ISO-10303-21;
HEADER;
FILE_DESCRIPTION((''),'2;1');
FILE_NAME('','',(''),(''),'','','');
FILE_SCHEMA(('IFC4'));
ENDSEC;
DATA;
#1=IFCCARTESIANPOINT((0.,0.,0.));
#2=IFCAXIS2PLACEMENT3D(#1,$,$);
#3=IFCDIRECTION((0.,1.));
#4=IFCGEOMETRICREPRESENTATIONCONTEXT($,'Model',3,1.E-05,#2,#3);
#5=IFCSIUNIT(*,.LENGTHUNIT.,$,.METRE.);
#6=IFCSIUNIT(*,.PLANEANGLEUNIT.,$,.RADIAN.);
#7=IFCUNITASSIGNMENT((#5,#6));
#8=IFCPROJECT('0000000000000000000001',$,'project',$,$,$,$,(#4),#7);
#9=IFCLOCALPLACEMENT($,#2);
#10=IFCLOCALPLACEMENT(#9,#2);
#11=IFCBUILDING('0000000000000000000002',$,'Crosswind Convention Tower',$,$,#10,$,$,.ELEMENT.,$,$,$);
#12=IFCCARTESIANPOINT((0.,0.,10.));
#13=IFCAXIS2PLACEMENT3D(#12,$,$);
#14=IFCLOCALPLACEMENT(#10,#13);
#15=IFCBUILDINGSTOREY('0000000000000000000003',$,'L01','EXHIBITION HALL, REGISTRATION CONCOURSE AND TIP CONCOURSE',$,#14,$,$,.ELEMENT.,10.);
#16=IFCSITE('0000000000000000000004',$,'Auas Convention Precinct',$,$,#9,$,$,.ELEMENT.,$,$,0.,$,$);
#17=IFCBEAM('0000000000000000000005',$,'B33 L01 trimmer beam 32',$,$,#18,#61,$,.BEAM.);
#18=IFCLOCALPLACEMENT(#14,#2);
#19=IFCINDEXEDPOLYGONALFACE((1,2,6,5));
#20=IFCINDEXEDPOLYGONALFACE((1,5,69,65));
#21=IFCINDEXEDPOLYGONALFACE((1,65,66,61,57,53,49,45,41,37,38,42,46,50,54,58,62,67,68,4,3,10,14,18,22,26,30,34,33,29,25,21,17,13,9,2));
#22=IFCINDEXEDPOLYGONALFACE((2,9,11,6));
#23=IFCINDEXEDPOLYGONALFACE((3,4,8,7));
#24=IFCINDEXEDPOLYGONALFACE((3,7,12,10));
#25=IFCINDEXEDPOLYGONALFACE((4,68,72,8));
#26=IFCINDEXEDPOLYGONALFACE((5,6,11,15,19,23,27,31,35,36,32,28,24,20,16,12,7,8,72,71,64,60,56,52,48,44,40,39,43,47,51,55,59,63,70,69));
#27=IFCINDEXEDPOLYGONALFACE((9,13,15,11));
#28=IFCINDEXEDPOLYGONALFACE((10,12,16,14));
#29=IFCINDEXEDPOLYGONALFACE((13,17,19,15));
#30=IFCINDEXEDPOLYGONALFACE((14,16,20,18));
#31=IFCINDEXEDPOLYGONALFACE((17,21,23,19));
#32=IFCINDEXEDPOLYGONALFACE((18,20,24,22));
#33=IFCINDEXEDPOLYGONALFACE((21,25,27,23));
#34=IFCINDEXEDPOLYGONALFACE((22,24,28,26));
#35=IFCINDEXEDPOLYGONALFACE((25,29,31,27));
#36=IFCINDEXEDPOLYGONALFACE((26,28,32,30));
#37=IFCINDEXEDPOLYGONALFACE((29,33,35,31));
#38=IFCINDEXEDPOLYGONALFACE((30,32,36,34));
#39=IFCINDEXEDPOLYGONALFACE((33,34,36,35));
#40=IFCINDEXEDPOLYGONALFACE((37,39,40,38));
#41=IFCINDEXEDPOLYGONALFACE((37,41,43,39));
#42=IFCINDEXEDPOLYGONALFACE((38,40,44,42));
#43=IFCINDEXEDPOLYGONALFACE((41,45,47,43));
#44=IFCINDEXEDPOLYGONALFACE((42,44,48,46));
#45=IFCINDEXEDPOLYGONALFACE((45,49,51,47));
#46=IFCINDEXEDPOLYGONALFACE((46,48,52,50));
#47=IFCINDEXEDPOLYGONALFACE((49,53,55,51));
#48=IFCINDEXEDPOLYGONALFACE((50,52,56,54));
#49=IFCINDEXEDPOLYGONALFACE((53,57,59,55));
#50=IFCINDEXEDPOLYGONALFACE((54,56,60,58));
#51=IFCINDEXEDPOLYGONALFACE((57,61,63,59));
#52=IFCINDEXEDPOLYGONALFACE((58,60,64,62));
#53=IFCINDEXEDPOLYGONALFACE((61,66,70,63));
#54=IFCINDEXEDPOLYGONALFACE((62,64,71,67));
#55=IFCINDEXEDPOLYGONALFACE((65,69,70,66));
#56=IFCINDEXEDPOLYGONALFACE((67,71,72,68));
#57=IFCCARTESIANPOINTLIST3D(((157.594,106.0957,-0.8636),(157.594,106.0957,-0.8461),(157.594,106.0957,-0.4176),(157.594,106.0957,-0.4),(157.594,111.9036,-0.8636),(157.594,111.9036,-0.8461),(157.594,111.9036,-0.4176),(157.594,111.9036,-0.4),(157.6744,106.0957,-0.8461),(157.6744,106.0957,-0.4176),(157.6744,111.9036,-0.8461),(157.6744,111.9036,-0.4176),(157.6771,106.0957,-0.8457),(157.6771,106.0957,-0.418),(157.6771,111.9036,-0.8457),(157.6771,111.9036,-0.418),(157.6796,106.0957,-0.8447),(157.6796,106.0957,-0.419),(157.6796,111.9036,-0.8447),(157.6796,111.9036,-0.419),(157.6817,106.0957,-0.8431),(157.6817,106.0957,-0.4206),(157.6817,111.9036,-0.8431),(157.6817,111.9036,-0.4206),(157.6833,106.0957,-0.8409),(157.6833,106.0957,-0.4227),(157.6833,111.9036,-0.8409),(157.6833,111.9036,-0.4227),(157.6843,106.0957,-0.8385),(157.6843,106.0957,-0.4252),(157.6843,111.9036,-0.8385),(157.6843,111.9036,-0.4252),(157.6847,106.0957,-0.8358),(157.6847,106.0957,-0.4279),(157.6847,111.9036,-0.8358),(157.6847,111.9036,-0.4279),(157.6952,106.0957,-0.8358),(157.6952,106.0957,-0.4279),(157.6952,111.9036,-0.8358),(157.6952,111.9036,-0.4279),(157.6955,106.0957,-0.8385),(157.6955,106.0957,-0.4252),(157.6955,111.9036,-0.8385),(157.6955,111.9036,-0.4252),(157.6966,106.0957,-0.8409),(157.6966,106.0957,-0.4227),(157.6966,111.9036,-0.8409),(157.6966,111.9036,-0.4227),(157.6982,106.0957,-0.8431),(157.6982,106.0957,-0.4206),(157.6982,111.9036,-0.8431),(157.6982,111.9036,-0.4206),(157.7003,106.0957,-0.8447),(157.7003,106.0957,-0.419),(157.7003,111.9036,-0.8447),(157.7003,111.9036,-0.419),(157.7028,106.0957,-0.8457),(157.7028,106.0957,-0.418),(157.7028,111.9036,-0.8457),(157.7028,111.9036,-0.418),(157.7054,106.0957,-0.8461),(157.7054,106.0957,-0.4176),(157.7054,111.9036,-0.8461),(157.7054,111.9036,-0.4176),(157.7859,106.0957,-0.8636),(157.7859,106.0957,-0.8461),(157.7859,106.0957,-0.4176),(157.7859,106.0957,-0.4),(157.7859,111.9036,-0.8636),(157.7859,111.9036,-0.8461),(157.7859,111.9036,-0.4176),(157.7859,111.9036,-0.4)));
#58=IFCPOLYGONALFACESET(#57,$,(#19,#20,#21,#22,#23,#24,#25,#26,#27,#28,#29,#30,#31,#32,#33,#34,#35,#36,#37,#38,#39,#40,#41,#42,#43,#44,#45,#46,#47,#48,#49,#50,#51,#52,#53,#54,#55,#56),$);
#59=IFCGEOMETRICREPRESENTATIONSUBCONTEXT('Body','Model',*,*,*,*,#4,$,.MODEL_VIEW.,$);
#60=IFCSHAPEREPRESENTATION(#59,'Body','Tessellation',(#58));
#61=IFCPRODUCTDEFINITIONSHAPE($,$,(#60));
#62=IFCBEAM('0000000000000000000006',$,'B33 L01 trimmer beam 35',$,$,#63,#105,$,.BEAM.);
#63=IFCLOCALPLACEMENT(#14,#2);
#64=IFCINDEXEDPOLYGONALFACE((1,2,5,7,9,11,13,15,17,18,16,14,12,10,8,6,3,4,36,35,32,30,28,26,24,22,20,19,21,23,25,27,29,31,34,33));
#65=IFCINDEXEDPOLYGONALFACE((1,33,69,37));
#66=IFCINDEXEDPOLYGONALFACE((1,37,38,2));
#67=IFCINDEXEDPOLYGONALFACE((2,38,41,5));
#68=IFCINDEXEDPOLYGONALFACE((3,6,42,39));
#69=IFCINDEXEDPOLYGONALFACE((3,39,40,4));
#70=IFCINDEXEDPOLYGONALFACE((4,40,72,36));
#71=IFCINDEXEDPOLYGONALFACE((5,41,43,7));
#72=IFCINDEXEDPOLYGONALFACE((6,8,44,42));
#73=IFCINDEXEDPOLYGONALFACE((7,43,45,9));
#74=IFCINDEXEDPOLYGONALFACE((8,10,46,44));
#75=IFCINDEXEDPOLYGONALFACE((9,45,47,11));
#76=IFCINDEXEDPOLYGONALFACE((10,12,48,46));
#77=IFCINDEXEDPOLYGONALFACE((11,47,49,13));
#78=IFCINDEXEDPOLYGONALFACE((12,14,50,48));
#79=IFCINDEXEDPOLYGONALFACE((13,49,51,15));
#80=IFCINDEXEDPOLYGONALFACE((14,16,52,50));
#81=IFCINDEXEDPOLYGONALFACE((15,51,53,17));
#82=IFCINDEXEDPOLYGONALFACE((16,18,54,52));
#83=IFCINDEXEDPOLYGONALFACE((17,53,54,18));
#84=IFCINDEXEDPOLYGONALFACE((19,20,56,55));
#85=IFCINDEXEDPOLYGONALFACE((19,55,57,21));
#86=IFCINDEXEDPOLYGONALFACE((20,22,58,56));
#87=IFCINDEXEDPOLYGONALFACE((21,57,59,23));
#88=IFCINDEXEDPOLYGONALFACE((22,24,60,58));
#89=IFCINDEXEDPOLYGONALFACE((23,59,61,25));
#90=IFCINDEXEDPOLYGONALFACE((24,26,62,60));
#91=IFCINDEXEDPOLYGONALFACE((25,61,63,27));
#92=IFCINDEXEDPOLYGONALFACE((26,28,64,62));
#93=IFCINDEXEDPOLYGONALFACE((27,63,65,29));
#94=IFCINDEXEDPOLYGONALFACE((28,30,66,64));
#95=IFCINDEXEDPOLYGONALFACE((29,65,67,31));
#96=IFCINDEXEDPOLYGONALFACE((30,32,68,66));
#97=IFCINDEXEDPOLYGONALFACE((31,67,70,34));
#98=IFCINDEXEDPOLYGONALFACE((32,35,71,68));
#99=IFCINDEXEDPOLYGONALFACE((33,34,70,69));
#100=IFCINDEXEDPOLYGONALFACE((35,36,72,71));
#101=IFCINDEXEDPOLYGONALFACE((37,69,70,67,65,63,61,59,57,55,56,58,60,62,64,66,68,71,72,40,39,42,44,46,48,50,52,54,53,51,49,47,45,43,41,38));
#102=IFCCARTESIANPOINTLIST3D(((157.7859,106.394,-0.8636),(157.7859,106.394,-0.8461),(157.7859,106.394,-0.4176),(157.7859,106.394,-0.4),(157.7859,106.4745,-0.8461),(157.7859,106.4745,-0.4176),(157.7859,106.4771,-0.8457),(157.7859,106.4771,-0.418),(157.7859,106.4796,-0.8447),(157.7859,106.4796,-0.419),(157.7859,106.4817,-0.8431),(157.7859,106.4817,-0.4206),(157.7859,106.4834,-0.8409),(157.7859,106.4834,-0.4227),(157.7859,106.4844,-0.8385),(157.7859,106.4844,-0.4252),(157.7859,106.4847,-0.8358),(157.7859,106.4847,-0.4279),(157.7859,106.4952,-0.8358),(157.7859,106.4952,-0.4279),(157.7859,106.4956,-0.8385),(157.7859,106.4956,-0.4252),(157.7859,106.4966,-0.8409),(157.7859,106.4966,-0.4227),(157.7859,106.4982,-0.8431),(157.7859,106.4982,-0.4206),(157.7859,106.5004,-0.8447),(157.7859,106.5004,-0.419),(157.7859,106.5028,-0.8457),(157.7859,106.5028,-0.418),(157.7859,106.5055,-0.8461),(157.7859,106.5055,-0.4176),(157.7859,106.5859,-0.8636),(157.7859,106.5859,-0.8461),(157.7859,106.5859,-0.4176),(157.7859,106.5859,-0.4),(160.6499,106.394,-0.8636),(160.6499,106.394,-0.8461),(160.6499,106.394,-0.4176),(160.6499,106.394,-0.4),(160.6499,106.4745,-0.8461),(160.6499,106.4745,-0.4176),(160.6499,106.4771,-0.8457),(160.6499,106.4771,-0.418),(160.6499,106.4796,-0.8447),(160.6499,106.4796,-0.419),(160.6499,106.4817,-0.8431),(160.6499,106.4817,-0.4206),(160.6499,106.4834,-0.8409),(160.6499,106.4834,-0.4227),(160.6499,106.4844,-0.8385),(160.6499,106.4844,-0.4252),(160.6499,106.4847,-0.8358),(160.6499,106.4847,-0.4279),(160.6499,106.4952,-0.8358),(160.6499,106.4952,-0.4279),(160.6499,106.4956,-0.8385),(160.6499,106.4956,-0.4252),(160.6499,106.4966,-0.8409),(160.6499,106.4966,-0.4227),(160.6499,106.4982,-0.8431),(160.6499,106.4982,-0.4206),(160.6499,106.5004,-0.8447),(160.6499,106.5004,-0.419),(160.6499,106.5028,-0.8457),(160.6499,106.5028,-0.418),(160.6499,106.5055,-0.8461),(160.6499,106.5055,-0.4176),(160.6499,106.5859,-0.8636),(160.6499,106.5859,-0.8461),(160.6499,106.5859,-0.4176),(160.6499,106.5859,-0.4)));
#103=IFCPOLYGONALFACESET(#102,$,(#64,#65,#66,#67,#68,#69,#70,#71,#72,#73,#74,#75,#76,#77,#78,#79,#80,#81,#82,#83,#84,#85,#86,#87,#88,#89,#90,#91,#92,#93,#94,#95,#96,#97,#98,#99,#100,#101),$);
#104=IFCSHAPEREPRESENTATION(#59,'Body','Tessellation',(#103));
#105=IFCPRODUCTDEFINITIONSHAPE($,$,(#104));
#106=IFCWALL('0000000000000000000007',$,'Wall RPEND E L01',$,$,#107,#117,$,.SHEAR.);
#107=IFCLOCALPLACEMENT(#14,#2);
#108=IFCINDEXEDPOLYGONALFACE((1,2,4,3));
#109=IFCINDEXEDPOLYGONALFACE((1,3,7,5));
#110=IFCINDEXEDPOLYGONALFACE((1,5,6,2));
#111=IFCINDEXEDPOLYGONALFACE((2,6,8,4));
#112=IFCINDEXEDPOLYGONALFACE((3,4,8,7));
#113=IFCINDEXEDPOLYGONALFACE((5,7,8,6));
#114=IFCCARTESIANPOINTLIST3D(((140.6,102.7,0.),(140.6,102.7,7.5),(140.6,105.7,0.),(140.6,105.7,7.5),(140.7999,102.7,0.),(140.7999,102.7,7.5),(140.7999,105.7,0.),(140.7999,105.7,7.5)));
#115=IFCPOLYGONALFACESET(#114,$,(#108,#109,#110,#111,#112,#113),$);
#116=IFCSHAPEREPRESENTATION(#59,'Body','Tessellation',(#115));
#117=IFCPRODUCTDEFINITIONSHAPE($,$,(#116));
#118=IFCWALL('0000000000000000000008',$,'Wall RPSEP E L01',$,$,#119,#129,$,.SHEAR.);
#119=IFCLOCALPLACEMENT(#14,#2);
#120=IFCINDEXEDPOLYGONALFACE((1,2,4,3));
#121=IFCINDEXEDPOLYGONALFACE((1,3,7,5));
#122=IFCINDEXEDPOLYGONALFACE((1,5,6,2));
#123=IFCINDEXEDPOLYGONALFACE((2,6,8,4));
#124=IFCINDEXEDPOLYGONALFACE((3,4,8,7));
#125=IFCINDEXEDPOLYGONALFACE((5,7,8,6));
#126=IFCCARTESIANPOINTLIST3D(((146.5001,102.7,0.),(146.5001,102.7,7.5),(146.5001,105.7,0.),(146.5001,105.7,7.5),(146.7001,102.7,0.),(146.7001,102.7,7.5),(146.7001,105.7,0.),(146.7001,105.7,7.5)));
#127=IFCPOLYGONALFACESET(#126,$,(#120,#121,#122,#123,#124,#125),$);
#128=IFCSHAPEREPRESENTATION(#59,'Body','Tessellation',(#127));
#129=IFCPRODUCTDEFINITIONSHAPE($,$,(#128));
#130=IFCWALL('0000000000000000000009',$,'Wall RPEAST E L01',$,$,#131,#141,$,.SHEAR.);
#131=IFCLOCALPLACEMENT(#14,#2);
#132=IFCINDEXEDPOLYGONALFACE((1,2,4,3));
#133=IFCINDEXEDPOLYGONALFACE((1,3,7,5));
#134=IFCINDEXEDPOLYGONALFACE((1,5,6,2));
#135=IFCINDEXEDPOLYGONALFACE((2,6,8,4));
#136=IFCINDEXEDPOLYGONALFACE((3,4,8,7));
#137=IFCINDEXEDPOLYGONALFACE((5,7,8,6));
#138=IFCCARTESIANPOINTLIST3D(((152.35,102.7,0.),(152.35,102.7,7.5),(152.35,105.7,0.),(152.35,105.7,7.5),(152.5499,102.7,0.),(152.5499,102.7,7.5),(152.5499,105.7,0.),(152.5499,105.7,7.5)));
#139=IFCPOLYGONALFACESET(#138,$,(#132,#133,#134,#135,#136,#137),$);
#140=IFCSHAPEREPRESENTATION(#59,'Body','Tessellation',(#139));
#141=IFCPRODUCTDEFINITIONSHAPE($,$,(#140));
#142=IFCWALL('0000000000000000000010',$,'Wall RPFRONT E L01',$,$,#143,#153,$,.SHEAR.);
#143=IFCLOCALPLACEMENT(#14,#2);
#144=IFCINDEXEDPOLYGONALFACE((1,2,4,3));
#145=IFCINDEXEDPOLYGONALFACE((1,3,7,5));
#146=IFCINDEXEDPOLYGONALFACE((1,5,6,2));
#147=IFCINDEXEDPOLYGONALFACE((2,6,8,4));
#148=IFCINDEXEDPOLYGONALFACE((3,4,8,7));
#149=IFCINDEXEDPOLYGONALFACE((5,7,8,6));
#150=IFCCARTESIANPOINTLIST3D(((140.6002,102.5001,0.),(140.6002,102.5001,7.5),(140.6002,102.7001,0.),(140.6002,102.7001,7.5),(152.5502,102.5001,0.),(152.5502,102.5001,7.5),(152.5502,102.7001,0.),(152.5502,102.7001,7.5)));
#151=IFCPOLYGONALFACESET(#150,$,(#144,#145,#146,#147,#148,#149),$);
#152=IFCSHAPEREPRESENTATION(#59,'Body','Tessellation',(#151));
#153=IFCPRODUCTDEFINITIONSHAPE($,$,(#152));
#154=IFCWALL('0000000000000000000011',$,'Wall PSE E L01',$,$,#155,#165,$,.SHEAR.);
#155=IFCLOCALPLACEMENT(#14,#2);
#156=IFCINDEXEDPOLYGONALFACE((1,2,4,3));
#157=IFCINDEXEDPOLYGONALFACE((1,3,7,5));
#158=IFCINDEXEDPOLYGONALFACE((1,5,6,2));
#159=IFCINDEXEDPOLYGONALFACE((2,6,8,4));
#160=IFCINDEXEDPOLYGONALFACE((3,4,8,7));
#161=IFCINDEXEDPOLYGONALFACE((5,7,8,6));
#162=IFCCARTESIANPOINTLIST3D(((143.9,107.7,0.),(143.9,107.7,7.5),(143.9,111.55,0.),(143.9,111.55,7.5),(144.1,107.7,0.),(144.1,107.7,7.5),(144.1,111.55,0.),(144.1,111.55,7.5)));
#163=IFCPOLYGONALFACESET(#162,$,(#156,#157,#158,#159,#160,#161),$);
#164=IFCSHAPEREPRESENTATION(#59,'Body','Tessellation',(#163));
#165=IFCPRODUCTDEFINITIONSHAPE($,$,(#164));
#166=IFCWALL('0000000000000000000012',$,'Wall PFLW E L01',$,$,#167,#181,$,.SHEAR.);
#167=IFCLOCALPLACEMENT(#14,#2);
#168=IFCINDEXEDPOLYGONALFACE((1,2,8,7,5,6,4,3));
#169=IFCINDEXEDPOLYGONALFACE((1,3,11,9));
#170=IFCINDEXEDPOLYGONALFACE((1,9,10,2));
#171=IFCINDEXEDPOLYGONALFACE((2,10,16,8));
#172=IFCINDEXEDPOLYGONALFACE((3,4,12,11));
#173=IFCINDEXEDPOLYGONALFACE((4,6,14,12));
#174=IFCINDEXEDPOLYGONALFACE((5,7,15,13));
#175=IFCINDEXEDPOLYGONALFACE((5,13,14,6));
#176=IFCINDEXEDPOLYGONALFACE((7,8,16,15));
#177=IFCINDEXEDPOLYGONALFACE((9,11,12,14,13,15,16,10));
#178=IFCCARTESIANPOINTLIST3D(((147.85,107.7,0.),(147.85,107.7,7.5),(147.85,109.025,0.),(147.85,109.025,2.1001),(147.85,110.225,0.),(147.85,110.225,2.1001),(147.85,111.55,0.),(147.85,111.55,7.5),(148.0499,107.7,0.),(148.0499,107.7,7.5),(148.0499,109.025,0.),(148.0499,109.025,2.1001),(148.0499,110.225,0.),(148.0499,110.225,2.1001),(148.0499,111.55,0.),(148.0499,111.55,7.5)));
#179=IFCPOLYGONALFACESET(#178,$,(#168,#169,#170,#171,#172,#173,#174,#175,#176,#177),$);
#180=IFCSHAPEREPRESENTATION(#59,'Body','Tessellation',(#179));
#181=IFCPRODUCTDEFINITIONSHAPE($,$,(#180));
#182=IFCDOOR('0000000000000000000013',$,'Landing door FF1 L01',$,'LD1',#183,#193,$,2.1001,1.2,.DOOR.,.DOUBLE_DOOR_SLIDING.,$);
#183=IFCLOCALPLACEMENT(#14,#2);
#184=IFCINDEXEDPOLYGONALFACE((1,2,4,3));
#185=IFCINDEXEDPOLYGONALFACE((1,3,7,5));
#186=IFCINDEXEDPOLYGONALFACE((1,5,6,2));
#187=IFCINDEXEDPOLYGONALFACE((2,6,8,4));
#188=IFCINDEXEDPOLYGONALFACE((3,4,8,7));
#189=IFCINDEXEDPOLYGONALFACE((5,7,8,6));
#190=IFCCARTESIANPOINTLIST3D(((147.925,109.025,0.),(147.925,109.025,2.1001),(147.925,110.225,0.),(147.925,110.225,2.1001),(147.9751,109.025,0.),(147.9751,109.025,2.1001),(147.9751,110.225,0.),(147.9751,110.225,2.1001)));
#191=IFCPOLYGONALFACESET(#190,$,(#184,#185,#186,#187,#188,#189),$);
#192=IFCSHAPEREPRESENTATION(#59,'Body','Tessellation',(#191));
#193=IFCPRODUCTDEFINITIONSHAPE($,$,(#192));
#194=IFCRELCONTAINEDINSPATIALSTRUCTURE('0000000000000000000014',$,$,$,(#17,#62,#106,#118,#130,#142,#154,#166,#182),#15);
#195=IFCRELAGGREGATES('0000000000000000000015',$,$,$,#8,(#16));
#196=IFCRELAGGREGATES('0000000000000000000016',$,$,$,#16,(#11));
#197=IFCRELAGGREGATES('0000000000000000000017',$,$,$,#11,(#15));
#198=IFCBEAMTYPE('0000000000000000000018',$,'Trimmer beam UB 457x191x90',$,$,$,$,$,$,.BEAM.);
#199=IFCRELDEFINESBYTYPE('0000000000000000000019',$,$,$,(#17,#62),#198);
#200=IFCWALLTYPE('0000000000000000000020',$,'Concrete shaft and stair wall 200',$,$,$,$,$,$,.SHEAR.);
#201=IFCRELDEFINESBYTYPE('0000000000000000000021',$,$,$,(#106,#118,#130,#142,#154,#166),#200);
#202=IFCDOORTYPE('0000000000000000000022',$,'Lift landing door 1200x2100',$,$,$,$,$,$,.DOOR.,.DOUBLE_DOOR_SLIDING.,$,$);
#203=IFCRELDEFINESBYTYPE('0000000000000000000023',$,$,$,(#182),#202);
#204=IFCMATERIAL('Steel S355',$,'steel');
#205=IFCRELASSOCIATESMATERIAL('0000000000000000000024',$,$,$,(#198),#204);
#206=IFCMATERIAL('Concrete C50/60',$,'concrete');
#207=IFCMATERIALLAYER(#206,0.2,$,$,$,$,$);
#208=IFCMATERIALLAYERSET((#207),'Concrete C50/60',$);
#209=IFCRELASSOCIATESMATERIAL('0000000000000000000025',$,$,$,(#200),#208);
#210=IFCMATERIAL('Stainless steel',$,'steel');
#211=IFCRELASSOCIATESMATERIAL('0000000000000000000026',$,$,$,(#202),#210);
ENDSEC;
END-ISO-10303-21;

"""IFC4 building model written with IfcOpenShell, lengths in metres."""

from ifc_helpers import new_model, si_unit, direction, frame, frame_2d, origin, origin_2d, place, context, subcontext, project, spatial, rectangle, i_section, extrude, material, layer, layer_set, material_profile, profile_set, type_object, element, fill, save


model = new_model("IFC4")

# Units and contexts
model_context = context("Model", 3, precision=1e-05, world=origin(), true_north=direction((0.0, 1.0)))
body_context = subcontext(model_context, "Body", "Model", "MODEL_VIEW")
ifc_project = project(units=[si_unit("LENGTHUNIT", "METRE"), si_unit("PLANEANGLEUNIT", "RADIAN")], contexts=[model_context])

# Site, building, storey
site_placement = place(None, origin())
site = spatial("IfcSite", under=ifc_project, at=site_placement, Name="Auas Convention Precinct", CompositionType="ELEMENT", RefElevation=0.0)
building_placement = place(site_placement, origin())
building = spatial("IfcBuilding", under=site, at=building_placement, Name="Crosswind Convention Tower", CompositionType="ELEMENT")
storey_placement = place(building_placement, frame((0.0, 0.0, 10.0)))
storey = spatial("IfcBuildingStorey", under=building, at=storey_placement, Name="L01", Description="EXHIBITION HALL, REGISTRATION CONCOURSE AND TIP CONCOURSE", CompositionType="ELEMENT", Elevation=10.0)

# Beams
ifc_material_1 = material(Name="Steel S355", Category="steel")
ifc_material_profile_1 = material_profile(ifc_material_1, i_section(OverallWidth=0.1919, OverallDepth=0.4636, WebThickness=0.0105, FlangeThickness=0.0176, FilletRadius=0.0103, at=origin_2d()), Name="UB 457x191x90")
ifc_profile_set_1 = profile_set([ifc_material_profile_1], Name="Steel S355")
beam_type_1 = type_object("IfcBeamType", Name="Trimmer beam UB 457x191x90", PredefinedType="BEAM", material=ifc_profile_set_1)
beam_1_placement = place(storey_placement, frame((157.6899, 106.0957, -0.6318), z_axis=(0.0, 1.0, 0.0), x_axis=(-1.0, 0.0, 0.0)))
element("IfcBeam", 1, at=beam_1_placement, inside=storey, type_object=beam_type_1, Name="B33 L01 trimmer beam 32", PredefinedType="BEAM", context=body_context, shape_type="SweptSolid", body=[
    extrude(i_section(OverallWidth=0.1919, OverallDepth=0.4636, WebThickness=0.0105, FlangeThickness=0.0176, FilletRadius=0.0103, at=origin_2d()), origin(), (0.0, 0.0, 1.0), 5.8079),
])
beam_2_placement = place(storey_placement, frame((157.7859, 106.49, -0.6318), z_axis=(1.0, 0.0, 0.0), x_axis=(0.0, 1.0, 0.0)))
element("IfcBeam", 2, at=beam_2_placement, inside=storey, type_object=beam_type_1, Name="B33 L01 trimmer beam 35", PredefinedType="BEAM", context=body_context, shape_type="SweptSolid", body=[
    extrude(i_section(OverallWidth=0.1919, OverallDepth=0.4636, WebThickness=0.0105, FlangeThickness=0.0176, FilletRadius=0.0103, at=origin_2d()), origin(), (0.0, 0.0, 1.0), 2.864),
])

# Walls
ifc_material_2 = material(Name="Concrete C50/60", Category="concrete")
ifc_layer_1 = layer(ifc_material_2, 0.2)
ifc_layer_set_1 = layer_set([ifc_layer_1], Name="Concrete C50/60")
wall_type_1 = type_object("IfcWallType", Name="Concrete shaft and stair wall 200", PredefinedType="SHEAR", material=ifc_layer_set_1)
for number, where, z_axis, x_axis, name in (
    (3, (140.7, 102.7, 0.0), (0.0, 0.0, 1.0), (0.0, 1.0, 0.0), "Wall RPEND E L01"),
    (4, (146.6001, 102.7, 0.0), (0.0, 0.0, 1.0), (0.0, 1.0, 0.0), "Wall RPSEP E L01"),
    (5, (152.45, 102.7, 0.0), (0.0, 0.0, 1.0), (0.0, 1.0, 0.0), "Wall RPEAST E L01"),
):
    element("IfcWall", number, at=place(storey_placement, frame(where, z_axis=z_axis, x_axis=x_axis)), inside=storey, type_object=wall_type_1, Name=name, PredefinedType="SHEAR", context=body_context, shape_type="SweptSolid", body=[
        extrude(rectangle(XDim=3.0, YDim=0.2, at=frame_2d((1.5, 0.0))), origin(), (0.0, 0.0, 1.0), 7.5),
    ])
wall_1_placement = place(storey_placement, frame((140.6001, 102.6001, 0.0), z_axis=(0.0, 0.0, 1.0), x_axis=(1.0, 0.0, 0.0)))
element("IfcWall", 6, at=wall_1_placement, inside=storey, type_object=wall_type_1, Name="Wall RPFRONT E L01", PredefinedType="SHEAR", context=body_context, shape_type="SweptSolid", body=[
    extrude(rectangle(XDim=11.95, YDim=0.2, at=frame_2d((5.9751, 0.0))), origin(), (0.0, 0.0, 1.0), 7.5),
])
wall_2_placement = place(storey_placement, frame((144.0, 107.7, 0.0), z_axis=(0.0, 0.0, 1.0), x_axis=(0.0, 1.0, 0.0)))
element("IfcWall", 7, at=wall_2_placement, inside=storey, type_object=wall_type_1, Name="Wall PSE E L01", PredefinedType="SHEAR", context=body_context, shape_type="SweptSolid", body=[
    extrude(rectangle(XDim=3.8501, YDim=0.2, at=frame_2d((1.925, 0.0))), origin(), (0.0, 0.0, 1.0), 7.5),
])

# Wall, opening, door
wall_3_placement = place(storey_placement, frame((147.95, 107.7, 0.0), z_axis=(0.0, 0.0, 1.0), x_axis=(0.0, 1.0, 0.0)))
wall_3 = element("IfcWall", 8, at=wall_3_placement, inside=storey, type_object=wall_type_1, Name="Wall PFLW E L01", PredefinedType="SHEAR", context=body_context, shape_type="SweptSolid", body=[
    extrude(rectangle(XDim=3.8501, YDim=0.2, at=frame_2d((1.925, 0.0))), origin(), (0.0, 0.0, 1.0), 7.5),
])
opening_1_placement = place(wall_3_placement, frame((1.325, 0.0, 0.0)))
opening_1 = element("IfcOpeningElement", 9, at=opening_1_placement, cuts=wall_3, PredefinedType="OPENING", context=body_context, shape_type="SweptSolid", body=[
    extrude(rectangle(XDim=1.2, YDim=2.1001, at=frame_2d((0.6001, 1.05))), frame((0.0, 0.1099, 0.0), z_axis=(0.0, -1.0, 0.0), x_axis=(1.0, 0.0, 0.0)), (0.0, 0.0, 1.0), 0.22),
])
ifc_material_3 = material(Name="Stainless steel", Category="steel")
door_type_1 = type_object("IfcDoorType", Name="Lift landing door 1200x2100", OperationType="DOUBLE_DOOR_SLIDING", PredefinedType="DOOR", material=ifc_material_3)
door_1_placement = place(opening_1_placement, origin())
door_1 = element("IfcDoor", 10, at=door_1_placement, inside=storey, type_object=door_type_1, Name="Landing door FF1 L01", ObjectType="LD1", OperationType="DOUBLE_DOOR_SLIDING", OverallHeight=2.1001, OverallWidth=1.2, PredefinedType="DOOR", context=body_context, shape_type="SweptSolid", body=[
    extrude(rectangle(XDim=1.2, YDim=2.1001, at=frame_2d((0.6001, 1.05))), frame((0.0, 0.0249, 0.0), z_axis=(0.0, -1.0, 0.0), x_axis=(1.0, 0.0, 0.0)), (0.0, 0.0, 1.0), 0.05),
])
fill(opening_1, door_1)

save(model, "model.ifc")
